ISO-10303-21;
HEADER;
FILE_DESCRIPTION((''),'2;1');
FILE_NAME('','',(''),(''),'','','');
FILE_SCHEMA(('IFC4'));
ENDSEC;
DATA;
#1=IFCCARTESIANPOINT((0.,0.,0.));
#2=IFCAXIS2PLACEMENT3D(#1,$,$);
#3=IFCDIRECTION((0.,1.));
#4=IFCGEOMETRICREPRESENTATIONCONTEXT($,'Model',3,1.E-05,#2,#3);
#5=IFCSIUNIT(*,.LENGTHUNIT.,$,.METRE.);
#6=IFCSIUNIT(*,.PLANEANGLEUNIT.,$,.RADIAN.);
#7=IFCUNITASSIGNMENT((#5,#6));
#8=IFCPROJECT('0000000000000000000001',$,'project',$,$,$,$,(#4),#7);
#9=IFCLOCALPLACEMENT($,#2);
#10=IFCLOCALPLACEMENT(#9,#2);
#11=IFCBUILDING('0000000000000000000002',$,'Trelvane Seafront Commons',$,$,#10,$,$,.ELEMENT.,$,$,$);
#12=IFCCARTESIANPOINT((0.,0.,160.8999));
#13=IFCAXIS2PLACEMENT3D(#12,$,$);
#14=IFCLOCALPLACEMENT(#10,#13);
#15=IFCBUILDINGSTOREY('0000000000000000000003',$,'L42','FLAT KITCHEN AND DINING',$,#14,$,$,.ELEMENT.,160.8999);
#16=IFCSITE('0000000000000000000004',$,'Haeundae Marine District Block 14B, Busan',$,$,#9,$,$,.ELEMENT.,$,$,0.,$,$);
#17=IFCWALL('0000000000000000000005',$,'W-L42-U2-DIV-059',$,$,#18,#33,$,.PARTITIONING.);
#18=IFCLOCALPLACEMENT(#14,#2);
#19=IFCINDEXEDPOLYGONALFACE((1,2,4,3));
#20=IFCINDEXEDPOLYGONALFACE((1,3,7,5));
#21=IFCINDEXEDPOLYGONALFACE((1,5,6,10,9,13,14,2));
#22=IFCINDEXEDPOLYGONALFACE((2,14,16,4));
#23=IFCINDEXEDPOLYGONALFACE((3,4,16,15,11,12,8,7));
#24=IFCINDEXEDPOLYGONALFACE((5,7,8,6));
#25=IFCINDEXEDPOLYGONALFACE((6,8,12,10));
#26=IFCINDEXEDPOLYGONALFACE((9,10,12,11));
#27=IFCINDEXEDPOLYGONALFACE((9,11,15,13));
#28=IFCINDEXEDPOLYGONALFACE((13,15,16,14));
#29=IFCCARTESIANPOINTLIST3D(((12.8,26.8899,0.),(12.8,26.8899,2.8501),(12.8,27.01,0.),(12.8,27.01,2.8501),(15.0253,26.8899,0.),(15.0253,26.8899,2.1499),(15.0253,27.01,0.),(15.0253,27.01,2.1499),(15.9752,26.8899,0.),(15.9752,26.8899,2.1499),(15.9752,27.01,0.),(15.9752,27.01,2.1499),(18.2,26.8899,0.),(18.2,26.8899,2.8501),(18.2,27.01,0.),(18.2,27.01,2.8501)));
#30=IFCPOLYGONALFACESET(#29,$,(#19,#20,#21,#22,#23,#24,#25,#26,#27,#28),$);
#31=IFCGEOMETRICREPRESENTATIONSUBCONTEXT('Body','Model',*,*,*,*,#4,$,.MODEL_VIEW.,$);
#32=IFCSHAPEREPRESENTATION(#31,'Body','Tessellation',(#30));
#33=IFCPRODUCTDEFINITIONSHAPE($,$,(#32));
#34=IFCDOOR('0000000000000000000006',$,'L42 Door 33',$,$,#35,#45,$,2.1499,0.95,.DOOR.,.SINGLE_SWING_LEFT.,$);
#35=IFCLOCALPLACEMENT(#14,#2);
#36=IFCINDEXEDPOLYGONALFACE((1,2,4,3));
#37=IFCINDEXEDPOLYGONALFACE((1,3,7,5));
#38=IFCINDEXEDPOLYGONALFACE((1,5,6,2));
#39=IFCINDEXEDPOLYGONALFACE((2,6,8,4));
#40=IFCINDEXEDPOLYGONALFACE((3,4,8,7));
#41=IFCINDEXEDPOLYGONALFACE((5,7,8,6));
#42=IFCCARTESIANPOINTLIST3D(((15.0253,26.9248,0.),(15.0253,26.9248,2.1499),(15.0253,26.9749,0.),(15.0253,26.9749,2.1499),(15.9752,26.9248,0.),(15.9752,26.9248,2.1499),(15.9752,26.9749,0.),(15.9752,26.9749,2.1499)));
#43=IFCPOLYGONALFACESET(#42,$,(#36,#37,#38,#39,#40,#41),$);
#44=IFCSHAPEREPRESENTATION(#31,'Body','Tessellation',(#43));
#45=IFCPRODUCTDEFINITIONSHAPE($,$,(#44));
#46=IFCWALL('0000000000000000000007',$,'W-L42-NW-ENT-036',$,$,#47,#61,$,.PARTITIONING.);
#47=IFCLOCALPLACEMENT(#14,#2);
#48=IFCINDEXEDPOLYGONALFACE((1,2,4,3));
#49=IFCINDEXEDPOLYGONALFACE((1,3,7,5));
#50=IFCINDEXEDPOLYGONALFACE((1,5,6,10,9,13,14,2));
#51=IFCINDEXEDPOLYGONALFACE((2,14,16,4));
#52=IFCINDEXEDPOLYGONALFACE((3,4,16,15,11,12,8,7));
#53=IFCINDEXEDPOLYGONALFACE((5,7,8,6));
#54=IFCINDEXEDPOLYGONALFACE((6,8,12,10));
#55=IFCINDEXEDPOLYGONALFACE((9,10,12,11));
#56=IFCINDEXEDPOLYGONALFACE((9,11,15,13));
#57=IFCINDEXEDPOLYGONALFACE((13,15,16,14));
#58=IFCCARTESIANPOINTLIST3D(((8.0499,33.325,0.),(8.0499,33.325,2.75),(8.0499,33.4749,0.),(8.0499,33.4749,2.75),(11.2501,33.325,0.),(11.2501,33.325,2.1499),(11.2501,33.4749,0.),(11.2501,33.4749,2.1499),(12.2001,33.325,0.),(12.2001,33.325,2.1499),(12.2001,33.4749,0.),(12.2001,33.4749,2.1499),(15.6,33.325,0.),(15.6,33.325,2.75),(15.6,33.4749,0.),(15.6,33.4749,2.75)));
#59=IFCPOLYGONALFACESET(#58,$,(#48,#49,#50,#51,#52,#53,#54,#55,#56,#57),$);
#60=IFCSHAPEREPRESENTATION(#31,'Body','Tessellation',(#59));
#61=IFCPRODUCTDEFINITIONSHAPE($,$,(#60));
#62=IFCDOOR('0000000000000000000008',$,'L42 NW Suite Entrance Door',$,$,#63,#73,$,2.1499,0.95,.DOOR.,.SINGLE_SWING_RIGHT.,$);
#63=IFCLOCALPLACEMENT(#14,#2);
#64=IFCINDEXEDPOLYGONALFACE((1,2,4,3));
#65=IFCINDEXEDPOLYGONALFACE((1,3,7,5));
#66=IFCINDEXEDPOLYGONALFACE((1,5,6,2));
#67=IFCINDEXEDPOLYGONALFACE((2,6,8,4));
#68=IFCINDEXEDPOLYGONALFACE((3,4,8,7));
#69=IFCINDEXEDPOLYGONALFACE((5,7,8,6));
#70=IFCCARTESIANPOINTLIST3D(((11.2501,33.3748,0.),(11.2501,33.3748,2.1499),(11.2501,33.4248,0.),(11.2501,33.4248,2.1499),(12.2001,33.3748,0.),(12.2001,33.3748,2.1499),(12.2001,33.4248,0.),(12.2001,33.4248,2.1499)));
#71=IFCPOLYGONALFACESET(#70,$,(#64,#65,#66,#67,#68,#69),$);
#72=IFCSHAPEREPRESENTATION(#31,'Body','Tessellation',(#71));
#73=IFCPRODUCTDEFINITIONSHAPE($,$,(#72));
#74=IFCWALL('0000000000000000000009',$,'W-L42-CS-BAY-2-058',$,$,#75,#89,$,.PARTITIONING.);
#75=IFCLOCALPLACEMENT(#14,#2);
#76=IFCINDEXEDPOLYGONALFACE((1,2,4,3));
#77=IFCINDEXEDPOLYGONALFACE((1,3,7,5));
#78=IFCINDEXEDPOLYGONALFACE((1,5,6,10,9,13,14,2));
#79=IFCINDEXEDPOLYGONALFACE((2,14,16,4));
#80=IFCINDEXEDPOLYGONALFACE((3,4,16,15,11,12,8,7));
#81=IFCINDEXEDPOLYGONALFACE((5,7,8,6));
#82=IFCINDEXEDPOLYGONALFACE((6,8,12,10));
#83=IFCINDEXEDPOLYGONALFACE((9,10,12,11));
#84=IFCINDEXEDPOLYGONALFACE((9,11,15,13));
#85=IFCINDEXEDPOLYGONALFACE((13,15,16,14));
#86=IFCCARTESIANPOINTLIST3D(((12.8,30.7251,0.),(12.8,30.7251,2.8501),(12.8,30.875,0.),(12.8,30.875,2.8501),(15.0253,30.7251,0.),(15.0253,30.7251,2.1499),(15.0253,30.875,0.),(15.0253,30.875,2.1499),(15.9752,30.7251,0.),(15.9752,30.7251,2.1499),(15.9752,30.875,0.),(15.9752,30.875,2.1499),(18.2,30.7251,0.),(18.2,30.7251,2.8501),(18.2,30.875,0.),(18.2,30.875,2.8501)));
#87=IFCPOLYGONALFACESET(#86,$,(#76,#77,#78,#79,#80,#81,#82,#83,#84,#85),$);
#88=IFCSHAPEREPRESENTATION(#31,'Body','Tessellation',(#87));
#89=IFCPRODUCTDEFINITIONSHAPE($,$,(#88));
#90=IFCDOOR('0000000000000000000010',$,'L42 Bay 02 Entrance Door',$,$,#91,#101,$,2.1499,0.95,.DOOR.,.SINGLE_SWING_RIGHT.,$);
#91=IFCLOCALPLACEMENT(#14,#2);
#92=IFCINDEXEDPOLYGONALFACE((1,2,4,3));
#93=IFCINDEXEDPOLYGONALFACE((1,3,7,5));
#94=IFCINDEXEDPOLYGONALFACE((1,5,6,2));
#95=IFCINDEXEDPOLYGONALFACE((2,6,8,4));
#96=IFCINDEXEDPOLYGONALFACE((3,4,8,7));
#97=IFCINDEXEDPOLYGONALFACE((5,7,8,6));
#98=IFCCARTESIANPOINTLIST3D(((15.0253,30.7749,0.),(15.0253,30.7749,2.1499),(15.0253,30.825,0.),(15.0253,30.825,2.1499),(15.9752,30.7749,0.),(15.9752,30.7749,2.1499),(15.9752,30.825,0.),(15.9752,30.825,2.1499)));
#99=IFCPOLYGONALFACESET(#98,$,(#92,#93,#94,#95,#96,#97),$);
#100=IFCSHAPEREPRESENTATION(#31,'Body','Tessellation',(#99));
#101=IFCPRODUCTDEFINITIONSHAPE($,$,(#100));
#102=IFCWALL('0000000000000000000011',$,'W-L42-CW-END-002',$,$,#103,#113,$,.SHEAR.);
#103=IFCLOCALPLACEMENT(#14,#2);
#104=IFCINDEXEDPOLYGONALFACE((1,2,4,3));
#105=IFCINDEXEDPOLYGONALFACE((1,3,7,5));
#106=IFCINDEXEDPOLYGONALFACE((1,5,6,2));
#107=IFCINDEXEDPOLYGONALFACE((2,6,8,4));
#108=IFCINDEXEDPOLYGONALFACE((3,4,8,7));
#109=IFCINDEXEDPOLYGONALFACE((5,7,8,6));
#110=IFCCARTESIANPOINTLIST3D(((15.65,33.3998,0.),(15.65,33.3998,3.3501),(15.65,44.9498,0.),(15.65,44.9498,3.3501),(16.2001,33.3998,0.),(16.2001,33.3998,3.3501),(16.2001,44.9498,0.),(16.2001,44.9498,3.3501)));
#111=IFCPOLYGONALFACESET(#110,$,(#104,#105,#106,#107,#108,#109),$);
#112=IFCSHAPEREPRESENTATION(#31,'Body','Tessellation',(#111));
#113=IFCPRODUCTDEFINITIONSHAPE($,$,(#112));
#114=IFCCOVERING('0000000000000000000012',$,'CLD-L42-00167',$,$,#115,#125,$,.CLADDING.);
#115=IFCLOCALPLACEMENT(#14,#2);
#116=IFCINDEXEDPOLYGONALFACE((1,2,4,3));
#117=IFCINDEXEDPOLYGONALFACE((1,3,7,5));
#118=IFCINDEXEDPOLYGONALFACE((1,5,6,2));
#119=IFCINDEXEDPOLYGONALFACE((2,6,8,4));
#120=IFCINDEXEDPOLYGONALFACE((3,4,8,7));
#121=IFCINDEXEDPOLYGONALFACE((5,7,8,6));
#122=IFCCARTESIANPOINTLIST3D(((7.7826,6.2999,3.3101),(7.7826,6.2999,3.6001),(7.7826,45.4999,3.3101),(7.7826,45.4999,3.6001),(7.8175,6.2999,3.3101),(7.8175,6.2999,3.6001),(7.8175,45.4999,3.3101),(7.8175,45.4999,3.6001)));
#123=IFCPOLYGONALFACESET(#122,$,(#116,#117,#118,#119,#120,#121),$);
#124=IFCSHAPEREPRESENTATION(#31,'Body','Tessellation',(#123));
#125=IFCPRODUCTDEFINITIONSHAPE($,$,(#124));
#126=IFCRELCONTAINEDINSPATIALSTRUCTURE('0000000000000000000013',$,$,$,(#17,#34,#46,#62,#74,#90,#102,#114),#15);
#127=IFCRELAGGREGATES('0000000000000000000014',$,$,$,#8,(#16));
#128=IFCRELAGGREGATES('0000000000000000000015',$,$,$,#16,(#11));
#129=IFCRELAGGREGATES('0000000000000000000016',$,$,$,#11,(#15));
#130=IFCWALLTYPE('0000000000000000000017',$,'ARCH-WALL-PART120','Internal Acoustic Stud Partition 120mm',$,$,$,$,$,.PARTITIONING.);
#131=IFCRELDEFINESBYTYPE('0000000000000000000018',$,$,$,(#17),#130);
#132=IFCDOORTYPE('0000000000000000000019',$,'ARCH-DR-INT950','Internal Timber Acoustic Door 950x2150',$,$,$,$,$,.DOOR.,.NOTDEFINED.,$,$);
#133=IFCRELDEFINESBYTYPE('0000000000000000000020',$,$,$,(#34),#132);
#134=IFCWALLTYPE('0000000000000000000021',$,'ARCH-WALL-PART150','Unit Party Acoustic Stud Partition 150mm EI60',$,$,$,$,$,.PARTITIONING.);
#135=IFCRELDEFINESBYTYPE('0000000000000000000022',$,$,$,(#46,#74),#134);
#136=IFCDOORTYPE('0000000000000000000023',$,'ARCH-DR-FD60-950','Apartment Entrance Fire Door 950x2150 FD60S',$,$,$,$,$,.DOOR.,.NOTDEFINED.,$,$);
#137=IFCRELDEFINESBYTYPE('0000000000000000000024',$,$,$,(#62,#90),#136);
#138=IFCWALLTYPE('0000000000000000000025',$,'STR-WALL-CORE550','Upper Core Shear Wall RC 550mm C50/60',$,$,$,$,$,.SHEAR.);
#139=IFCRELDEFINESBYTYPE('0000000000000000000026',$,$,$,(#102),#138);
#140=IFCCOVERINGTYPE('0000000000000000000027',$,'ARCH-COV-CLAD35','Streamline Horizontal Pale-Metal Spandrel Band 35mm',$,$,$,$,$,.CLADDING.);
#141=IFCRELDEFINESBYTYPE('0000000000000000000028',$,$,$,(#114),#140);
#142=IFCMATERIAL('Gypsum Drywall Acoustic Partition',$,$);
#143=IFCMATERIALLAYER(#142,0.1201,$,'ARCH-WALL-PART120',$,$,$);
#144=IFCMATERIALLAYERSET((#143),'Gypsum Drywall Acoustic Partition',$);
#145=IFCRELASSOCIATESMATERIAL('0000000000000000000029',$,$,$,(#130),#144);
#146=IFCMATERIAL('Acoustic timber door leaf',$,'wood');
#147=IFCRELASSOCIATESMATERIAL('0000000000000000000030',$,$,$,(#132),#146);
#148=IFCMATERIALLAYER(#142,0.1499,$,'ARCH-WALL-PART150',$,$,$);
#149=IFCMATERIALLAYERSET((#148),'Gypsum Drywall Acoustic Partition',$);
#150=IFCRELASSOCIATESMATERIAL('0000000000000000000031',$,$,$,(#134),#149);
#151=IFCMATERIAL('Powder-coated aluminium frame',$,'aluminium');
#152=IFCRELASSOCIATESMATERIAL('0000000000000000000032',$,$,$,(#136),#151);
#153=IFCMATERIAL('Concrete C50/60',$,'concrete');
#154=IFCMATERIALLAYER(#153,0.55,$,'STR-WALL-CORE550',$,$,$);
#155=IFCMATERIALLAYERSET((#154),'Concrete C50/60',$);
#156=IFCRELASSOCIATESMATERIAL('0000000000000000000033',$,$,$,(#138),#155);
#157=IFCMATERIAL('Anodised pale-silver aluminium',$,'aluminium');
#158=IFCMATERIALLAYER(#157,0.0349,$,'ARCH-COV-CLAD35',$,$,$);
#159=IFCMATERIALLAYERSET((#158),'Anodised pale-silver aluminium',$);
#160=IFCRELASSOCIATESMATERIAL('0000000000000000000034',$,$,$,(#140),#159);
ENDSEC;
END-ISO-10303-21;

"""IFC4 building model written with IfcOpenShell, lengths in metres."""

from ifc_helpers import new_model, si_unit, direction, frame, frame_2d, origin, origin_2d, place, context, subcontext, project, spatial, rectangle, extrude, source, transform, mapped, material, layer, layer_set, type_object, element, fill, save


model = new_model("IFC4")

# Units and contexts
model_context = context("Model", 3, precision=1e-05, world=origin(), true_north=direction((0.0, 1.0)))
body_context = subcontext(model_context, "Body", "Model", "MODEL_VIEW")
ifc_project = project(units=[si_unit("LENGTHUNIT", "METRE"), si_unit("PLANEANGLEUNIT", "RADIAN")], contexts=[model_context])

# Site, building, storey
site_placement = place(None, origin())
site = spatial("IfcSite", under=ifc_project, at=site_placement, Name="Haeundae Marine District Block 14B, Busan", CompositionType="ELEMENT", RefElevation=0.0)
building_placement = place(site_placement, origin())
building = spatial("IfcBuilding", under=site, at=building_placement, Name="Trelvane Seafront Commons", CompositionType="ELEMENT")
storey_placement = place(building_placement, frame((0.0, 0.0, 160.8999)))
storey = spatial("IfcBuildingStorey", under=building, at=storey_placement, Name="L42", Description="FLAT KITCHEN AND DINING", CompositionType="ELEMENT", Elevation=160.8999)

# Shared definitions
ifc_material_1 = material(Name="Concrete C50/60", Category="concrete")

# Shared definitions
ifc_material_2 = material(Name="Anodised pale-silver aluminium", Category="aluminium")

# Shared definitions
ifc_material_3 = material(Name="Gypsum Drywall Acoustic Partition")
ifc_layer_1 = layer(ifc_material_3, 0.1201, Name="ARCH-WALL-PART120")
ifc_layer_set_1 = layer_set([ifc_layer_1], Name="Gypsum Drywall Acoustic Partition")
wall_type_1 = type_object("IfcWallType", Name="ARCH-WALL-PART120", Description="Internal Acoustic Stud Partition 120mm", PredefinedType="PARTITIONING", material=ifc_layer_set_1)
ifc_material_4 = material(Name="Acoustic timber door leaf", Category="wood")
door_type_1 = type_object("IfcDoorType", Name="ARCH-DR-INT950", Description="Internal Timber Acoustic Door 950x2150", OperationType="NOTDEFINED", PredefinedType="DOOR", material=ifc_material_4)
shared_shape_1 = source(origin(), body_context, "Body", "SweptSolid", [
    extrude(rectangle(XDim=0.95, YDim=2.1499, at=frame_2d((0.4751, 1.075))), frame((0.0, 0.0249, 0.0), z_axis=(0.0, -1.0, 0.0), x_axis=(1.0, 0.0, 0.0)), (0.0, 0.0, 1.0), 0.05),
])

# Walls, openings, doors
wall_1_placement = place(storey_placement, frame((12.8, 26.95, 0.0), z_axis=(0.0, 0.0, 1.0), x_axis=(1.0, 0.0, 0.0)))
wall_1 = element("IfcWall", 1, at=wall_1_placement, inside=storey, type_object=wall_type_1, Name="W-L42-U2-DIV-059", PredefinedType="PARTITIONING", context=body_context, shape_type="SweptSolid", body=[
    extrude(rectangle(XDim=5.3999, YDim=0.1201, at=frame_2d((2.7, 0.0))), origin(), (0.0, 0.0, 1.0), 2.8501),
])
opening_1_placement = place(wall_1_placement, frame((2.2251, 0.0, 0.0)))
opening_1 = element("IfcOpeningElement", 2, at=opening_1_placement, cuts=wall_1, PredefinedType="OPENING", context=body_context, shape_type="SweptSolid", body=[
    extrude(rectangle(XDim=0.95, YDim=2.1499, at=frame_2d((0.4751, 1.075))), frame((0.0, 0.0701, 0.0), z_axis=(0.0, -1.0, 0.0), x_axis=(1.0, 0.0, 0.0)), (0.0, 0.0, 1.0), 0.1401),
])
door_1_placement = place(opening_1_placement, origin())
door_1 = element("IfcDoor", 3, at=door_1_placement, inside=storey, type_object=door_type_1, Name="L42 Door 33", OperationType="SINGLE_SWING_LEFT", OverallHeight=2.1499, OverallWidth=0.95, PredefinedType="DOOR", context=body_context, shape_type="MappedRepresentation", body=[
    mapped(shared_shape_1, transform((0.0, 0.0, 0.0), x_axis=(1.0, 0.0, 0.0), y_axis=(0.0, 1.0, 0.0), z_axis=(0.0, 0.0, 1.0), scale=1.0)),
])
fill(opening_1, door_1)
ifc_layer_2 = layer(ifc_material_3, 0.1499, Name="ARCH-WALL-PART150")
ifc_layer_set_2 = layer_set([ifc_layer_2], Name="Gypsum Drywall Acoustic Partition")
wall_type_2 = type_object("IfcWallType", Name="ARCH-WALL-PART150", Description="Unit Party Acoustic Stud Partition 150mm EI60", PredefinedType="PARTITIONING", material=ifc_layer_set_2)
wall_2_placement = place(storey_placement, frame((8.05, 33.3999, 0.0), z_axis=(0.0, 0.0, 1.0), x_axis=(1.0, 0.0, 0.0)))
wall_2 = element("IfcWall", 4, at=wall_2_placement, inside=storey, type_object=wall_type_2, Name="W-L42-NW-ENT-036", PredefinedType="PARTITIONING", context=body_context, shape_type="SweptSolid", body=[
    extrude(rectangle(XDim=7.55, YDim=0.1499, at=frame_2d((3.7749, 0.0))), origin(), (0.0, 0.0, 1.0), 2.75),
])
opening_2_placement = place(wall_2_placement, frame((3.2, 0.0, 0.0)))
opening_2 = element("IfcOpeningElement", 5, at=opening_2_placement, cuts=wall_2, PredefinedType="OPENING", context=body_context, shape_type="SweptSolid", body=[
    extrude(rectangle(XDim=0.95, YDim=2.1499, at=frame_2d((0.4751, 1.075))), frame((0.0, 0.085, 0.0), z_axis=(0.0, -1.0, 0.0), x_axis=(1.0, 0.0, 0.0)), (0.0, 0.0, 1.0), 0.1699),
])
ifc_material_5 = material(Name="Powder-coated aluminium frame", Category="aluminium")
door_type_2 = type_object("IfcDoorType", Name="ARCH-DR-FD60-950", Description="Apartment Entrance Fire Door 950x2150 FD60S", OperationType="NOTDEFINED", PredefinedType="DOOR", material=ifc_material_5)
door_2_placement = place(opening_2_placement, origin())
door_2 = element("IfcDoor", 6, at=door_2_placement, inside=storey, type_object=door_type_2, Name="L42 NW Suite Entrance Door", OperationType="SINGLE_SWING_RIGHT", OverallHeight=2.1499, OverallWidth=0.95, PredefinedType="DOOR", context=body_context, shape_type="MappedRepresentation", body=[
    mapped(shared_shape_1, transform((0.0, 0.0, 0.0), x_axis=(1.0, 0.0, 0.0), y_axis=(0.0, 1.0, 0.0), z_axis=(0.0, 0.0, 1.0), scale=1.0)),
])
fill(opening_2, door_2)
wall_3_placement = place(storey_placement, frame((12.8, 30.8, 0.0), z_axis=(0.0, 0.0, 1.0), x_axis=(1.0, 0.0, 0.0)))
wall_3 = element("IfcWall", 7, at=wall_3_placement, inside=storey, type_object=wall_type_2, Name="W-L42-CS-BAY-2-058", PredefinedType="PARTITIONING", context=body_context, shape_type="SweptSolid", body=[
    extrude(rectangle(XDim=5.3999, YDim=0.1499, at=frame_2d((2.7, 0.0))), origin(), (0.0, 0.0, 1.0), 2.8501),
])
opening_3_placement = place(wall_3_placement, frame((2.2251, 0.0, 0.0)))
opening_3 = element("IfcOpeningElement", 8, at=opening_3_placement, cuts=wall_3, PredefinedType="OPENING", context=body_context, shape_type="SweptSolid", body=[
    extrude(rectangle(XDim=0.95, YDim=2.1499, at=frame_2d((0.4751, 1.075))), frame((0.0, 0.085, 0.0), z_axis=(0.0, -1.0, 0.0), x_axis=(1.0, 0.0, 0.0)), (0.0, 0.0, 1.0), 0.1699),
])
door_3_placement = place(opening_3_placement, origin())
door_3 = element("IfcDoor", 9, at=door_3_placement, inside=storey, type_object=door_type_2, Name="L42 Bay 02 Entrance Door", OperationType="SINGLE_SWING_RIGHT", OverallHeight=2.1499, OverallWidth=0.95, PredefinedType="DOOR", context=body_context, shape_type="MappedRepresentation", body=[
    mapped(shared_shape_1, transform((0.0, 0.0, 0.0), x_axis=(1.0, 0.0, 0.0), y_axis=(0.0, 1.0, 0.0), z_axis=(0.0, 0.0, 1.0), scale=1.0)),
])
fill(opening_3, door_3)

# Wall
ifc_layer_3 = layer(ifc_material_1, 0.55, Name="STR-WALL-CORE550")
ifc_layer_set_3 = layer_set([ifc_layer_3], Name="Concrete C50/60")
wall_type_3 = type_object("IfcWallType", Name="STR-WALL-CORE550", Description="Upper Core Shear Wall RC 550mm C50/60", PredefinedType="SHEAR", material=ifc_layer_set_3)
wall_4_placement = place(storey_placement, frame((15.925, 33.3999, 0.0), z_axis=(0.0, 0.0, 1.0), x_axis=(0.0, 1.0, 0.0)))
element("IfcWall", 10, at=wall_4_placement, inside=storey, type_object=wall_type_3, Name="W-L42-CW-END-002", PredefinedType="SHEAR", context=body_context, shape_type="SweptSolid", body=[
    extrude(rectangle(XDim=11.55, YDim=0.55, at=frame_2d((5.7749, 0.0))), origin(), (0.0, 0.0, 1.0), 3.3501),
])

# Covering
ifc_layer_4 = layer(ifc_material_2, 0.0349, Name="ARCH-COV-CLAD35")
ifc_layer_set_4 = layer_set([ifc_layer_4], Name="Anodised pale-silver aluminium")
covering_type = type_object("IfcCoveringType", Name="ARCH-COV-CLAD35", Description="Streamline Horizontal Pale-Metal Spandrel Band 35mm", PredefinedType="CLADDING", material=ifc_layer_set_4)
shared_shape_2 = source(origin(), body_context, "Body", "SweptSolid", [
    extrude(rectangle(XDim=39.2, YDim=0.0349, at=origin_2d()), origin(), (0.0, 0.0, 1.0), 0.29),
])
covering_placement = place(storey_placement, frame((7.8, 25.8999, 3.3101), z_axis=(0.0, 0.0, 1.0), x_axis=(0.0, 1.0, 0.0)))
element("IfcCovering", 11, at=covering_placement, inside=storey, type_object=covering_type, Name="CLD-L42-00167", PredefinedType="CLADDING", context=body_context, shape_type="MappedRepresentation", body=[
    mapped(shared_shape_2, transform((0.0, 0.0, 0.0), x_axis=(1.0, 0.0, 0.0), y_axis=(0.0, 1.0, 0.0), z_axis=(0.0, 0.0, 1.0), scale=1.0)),
])

save(model, "model.ifc")
